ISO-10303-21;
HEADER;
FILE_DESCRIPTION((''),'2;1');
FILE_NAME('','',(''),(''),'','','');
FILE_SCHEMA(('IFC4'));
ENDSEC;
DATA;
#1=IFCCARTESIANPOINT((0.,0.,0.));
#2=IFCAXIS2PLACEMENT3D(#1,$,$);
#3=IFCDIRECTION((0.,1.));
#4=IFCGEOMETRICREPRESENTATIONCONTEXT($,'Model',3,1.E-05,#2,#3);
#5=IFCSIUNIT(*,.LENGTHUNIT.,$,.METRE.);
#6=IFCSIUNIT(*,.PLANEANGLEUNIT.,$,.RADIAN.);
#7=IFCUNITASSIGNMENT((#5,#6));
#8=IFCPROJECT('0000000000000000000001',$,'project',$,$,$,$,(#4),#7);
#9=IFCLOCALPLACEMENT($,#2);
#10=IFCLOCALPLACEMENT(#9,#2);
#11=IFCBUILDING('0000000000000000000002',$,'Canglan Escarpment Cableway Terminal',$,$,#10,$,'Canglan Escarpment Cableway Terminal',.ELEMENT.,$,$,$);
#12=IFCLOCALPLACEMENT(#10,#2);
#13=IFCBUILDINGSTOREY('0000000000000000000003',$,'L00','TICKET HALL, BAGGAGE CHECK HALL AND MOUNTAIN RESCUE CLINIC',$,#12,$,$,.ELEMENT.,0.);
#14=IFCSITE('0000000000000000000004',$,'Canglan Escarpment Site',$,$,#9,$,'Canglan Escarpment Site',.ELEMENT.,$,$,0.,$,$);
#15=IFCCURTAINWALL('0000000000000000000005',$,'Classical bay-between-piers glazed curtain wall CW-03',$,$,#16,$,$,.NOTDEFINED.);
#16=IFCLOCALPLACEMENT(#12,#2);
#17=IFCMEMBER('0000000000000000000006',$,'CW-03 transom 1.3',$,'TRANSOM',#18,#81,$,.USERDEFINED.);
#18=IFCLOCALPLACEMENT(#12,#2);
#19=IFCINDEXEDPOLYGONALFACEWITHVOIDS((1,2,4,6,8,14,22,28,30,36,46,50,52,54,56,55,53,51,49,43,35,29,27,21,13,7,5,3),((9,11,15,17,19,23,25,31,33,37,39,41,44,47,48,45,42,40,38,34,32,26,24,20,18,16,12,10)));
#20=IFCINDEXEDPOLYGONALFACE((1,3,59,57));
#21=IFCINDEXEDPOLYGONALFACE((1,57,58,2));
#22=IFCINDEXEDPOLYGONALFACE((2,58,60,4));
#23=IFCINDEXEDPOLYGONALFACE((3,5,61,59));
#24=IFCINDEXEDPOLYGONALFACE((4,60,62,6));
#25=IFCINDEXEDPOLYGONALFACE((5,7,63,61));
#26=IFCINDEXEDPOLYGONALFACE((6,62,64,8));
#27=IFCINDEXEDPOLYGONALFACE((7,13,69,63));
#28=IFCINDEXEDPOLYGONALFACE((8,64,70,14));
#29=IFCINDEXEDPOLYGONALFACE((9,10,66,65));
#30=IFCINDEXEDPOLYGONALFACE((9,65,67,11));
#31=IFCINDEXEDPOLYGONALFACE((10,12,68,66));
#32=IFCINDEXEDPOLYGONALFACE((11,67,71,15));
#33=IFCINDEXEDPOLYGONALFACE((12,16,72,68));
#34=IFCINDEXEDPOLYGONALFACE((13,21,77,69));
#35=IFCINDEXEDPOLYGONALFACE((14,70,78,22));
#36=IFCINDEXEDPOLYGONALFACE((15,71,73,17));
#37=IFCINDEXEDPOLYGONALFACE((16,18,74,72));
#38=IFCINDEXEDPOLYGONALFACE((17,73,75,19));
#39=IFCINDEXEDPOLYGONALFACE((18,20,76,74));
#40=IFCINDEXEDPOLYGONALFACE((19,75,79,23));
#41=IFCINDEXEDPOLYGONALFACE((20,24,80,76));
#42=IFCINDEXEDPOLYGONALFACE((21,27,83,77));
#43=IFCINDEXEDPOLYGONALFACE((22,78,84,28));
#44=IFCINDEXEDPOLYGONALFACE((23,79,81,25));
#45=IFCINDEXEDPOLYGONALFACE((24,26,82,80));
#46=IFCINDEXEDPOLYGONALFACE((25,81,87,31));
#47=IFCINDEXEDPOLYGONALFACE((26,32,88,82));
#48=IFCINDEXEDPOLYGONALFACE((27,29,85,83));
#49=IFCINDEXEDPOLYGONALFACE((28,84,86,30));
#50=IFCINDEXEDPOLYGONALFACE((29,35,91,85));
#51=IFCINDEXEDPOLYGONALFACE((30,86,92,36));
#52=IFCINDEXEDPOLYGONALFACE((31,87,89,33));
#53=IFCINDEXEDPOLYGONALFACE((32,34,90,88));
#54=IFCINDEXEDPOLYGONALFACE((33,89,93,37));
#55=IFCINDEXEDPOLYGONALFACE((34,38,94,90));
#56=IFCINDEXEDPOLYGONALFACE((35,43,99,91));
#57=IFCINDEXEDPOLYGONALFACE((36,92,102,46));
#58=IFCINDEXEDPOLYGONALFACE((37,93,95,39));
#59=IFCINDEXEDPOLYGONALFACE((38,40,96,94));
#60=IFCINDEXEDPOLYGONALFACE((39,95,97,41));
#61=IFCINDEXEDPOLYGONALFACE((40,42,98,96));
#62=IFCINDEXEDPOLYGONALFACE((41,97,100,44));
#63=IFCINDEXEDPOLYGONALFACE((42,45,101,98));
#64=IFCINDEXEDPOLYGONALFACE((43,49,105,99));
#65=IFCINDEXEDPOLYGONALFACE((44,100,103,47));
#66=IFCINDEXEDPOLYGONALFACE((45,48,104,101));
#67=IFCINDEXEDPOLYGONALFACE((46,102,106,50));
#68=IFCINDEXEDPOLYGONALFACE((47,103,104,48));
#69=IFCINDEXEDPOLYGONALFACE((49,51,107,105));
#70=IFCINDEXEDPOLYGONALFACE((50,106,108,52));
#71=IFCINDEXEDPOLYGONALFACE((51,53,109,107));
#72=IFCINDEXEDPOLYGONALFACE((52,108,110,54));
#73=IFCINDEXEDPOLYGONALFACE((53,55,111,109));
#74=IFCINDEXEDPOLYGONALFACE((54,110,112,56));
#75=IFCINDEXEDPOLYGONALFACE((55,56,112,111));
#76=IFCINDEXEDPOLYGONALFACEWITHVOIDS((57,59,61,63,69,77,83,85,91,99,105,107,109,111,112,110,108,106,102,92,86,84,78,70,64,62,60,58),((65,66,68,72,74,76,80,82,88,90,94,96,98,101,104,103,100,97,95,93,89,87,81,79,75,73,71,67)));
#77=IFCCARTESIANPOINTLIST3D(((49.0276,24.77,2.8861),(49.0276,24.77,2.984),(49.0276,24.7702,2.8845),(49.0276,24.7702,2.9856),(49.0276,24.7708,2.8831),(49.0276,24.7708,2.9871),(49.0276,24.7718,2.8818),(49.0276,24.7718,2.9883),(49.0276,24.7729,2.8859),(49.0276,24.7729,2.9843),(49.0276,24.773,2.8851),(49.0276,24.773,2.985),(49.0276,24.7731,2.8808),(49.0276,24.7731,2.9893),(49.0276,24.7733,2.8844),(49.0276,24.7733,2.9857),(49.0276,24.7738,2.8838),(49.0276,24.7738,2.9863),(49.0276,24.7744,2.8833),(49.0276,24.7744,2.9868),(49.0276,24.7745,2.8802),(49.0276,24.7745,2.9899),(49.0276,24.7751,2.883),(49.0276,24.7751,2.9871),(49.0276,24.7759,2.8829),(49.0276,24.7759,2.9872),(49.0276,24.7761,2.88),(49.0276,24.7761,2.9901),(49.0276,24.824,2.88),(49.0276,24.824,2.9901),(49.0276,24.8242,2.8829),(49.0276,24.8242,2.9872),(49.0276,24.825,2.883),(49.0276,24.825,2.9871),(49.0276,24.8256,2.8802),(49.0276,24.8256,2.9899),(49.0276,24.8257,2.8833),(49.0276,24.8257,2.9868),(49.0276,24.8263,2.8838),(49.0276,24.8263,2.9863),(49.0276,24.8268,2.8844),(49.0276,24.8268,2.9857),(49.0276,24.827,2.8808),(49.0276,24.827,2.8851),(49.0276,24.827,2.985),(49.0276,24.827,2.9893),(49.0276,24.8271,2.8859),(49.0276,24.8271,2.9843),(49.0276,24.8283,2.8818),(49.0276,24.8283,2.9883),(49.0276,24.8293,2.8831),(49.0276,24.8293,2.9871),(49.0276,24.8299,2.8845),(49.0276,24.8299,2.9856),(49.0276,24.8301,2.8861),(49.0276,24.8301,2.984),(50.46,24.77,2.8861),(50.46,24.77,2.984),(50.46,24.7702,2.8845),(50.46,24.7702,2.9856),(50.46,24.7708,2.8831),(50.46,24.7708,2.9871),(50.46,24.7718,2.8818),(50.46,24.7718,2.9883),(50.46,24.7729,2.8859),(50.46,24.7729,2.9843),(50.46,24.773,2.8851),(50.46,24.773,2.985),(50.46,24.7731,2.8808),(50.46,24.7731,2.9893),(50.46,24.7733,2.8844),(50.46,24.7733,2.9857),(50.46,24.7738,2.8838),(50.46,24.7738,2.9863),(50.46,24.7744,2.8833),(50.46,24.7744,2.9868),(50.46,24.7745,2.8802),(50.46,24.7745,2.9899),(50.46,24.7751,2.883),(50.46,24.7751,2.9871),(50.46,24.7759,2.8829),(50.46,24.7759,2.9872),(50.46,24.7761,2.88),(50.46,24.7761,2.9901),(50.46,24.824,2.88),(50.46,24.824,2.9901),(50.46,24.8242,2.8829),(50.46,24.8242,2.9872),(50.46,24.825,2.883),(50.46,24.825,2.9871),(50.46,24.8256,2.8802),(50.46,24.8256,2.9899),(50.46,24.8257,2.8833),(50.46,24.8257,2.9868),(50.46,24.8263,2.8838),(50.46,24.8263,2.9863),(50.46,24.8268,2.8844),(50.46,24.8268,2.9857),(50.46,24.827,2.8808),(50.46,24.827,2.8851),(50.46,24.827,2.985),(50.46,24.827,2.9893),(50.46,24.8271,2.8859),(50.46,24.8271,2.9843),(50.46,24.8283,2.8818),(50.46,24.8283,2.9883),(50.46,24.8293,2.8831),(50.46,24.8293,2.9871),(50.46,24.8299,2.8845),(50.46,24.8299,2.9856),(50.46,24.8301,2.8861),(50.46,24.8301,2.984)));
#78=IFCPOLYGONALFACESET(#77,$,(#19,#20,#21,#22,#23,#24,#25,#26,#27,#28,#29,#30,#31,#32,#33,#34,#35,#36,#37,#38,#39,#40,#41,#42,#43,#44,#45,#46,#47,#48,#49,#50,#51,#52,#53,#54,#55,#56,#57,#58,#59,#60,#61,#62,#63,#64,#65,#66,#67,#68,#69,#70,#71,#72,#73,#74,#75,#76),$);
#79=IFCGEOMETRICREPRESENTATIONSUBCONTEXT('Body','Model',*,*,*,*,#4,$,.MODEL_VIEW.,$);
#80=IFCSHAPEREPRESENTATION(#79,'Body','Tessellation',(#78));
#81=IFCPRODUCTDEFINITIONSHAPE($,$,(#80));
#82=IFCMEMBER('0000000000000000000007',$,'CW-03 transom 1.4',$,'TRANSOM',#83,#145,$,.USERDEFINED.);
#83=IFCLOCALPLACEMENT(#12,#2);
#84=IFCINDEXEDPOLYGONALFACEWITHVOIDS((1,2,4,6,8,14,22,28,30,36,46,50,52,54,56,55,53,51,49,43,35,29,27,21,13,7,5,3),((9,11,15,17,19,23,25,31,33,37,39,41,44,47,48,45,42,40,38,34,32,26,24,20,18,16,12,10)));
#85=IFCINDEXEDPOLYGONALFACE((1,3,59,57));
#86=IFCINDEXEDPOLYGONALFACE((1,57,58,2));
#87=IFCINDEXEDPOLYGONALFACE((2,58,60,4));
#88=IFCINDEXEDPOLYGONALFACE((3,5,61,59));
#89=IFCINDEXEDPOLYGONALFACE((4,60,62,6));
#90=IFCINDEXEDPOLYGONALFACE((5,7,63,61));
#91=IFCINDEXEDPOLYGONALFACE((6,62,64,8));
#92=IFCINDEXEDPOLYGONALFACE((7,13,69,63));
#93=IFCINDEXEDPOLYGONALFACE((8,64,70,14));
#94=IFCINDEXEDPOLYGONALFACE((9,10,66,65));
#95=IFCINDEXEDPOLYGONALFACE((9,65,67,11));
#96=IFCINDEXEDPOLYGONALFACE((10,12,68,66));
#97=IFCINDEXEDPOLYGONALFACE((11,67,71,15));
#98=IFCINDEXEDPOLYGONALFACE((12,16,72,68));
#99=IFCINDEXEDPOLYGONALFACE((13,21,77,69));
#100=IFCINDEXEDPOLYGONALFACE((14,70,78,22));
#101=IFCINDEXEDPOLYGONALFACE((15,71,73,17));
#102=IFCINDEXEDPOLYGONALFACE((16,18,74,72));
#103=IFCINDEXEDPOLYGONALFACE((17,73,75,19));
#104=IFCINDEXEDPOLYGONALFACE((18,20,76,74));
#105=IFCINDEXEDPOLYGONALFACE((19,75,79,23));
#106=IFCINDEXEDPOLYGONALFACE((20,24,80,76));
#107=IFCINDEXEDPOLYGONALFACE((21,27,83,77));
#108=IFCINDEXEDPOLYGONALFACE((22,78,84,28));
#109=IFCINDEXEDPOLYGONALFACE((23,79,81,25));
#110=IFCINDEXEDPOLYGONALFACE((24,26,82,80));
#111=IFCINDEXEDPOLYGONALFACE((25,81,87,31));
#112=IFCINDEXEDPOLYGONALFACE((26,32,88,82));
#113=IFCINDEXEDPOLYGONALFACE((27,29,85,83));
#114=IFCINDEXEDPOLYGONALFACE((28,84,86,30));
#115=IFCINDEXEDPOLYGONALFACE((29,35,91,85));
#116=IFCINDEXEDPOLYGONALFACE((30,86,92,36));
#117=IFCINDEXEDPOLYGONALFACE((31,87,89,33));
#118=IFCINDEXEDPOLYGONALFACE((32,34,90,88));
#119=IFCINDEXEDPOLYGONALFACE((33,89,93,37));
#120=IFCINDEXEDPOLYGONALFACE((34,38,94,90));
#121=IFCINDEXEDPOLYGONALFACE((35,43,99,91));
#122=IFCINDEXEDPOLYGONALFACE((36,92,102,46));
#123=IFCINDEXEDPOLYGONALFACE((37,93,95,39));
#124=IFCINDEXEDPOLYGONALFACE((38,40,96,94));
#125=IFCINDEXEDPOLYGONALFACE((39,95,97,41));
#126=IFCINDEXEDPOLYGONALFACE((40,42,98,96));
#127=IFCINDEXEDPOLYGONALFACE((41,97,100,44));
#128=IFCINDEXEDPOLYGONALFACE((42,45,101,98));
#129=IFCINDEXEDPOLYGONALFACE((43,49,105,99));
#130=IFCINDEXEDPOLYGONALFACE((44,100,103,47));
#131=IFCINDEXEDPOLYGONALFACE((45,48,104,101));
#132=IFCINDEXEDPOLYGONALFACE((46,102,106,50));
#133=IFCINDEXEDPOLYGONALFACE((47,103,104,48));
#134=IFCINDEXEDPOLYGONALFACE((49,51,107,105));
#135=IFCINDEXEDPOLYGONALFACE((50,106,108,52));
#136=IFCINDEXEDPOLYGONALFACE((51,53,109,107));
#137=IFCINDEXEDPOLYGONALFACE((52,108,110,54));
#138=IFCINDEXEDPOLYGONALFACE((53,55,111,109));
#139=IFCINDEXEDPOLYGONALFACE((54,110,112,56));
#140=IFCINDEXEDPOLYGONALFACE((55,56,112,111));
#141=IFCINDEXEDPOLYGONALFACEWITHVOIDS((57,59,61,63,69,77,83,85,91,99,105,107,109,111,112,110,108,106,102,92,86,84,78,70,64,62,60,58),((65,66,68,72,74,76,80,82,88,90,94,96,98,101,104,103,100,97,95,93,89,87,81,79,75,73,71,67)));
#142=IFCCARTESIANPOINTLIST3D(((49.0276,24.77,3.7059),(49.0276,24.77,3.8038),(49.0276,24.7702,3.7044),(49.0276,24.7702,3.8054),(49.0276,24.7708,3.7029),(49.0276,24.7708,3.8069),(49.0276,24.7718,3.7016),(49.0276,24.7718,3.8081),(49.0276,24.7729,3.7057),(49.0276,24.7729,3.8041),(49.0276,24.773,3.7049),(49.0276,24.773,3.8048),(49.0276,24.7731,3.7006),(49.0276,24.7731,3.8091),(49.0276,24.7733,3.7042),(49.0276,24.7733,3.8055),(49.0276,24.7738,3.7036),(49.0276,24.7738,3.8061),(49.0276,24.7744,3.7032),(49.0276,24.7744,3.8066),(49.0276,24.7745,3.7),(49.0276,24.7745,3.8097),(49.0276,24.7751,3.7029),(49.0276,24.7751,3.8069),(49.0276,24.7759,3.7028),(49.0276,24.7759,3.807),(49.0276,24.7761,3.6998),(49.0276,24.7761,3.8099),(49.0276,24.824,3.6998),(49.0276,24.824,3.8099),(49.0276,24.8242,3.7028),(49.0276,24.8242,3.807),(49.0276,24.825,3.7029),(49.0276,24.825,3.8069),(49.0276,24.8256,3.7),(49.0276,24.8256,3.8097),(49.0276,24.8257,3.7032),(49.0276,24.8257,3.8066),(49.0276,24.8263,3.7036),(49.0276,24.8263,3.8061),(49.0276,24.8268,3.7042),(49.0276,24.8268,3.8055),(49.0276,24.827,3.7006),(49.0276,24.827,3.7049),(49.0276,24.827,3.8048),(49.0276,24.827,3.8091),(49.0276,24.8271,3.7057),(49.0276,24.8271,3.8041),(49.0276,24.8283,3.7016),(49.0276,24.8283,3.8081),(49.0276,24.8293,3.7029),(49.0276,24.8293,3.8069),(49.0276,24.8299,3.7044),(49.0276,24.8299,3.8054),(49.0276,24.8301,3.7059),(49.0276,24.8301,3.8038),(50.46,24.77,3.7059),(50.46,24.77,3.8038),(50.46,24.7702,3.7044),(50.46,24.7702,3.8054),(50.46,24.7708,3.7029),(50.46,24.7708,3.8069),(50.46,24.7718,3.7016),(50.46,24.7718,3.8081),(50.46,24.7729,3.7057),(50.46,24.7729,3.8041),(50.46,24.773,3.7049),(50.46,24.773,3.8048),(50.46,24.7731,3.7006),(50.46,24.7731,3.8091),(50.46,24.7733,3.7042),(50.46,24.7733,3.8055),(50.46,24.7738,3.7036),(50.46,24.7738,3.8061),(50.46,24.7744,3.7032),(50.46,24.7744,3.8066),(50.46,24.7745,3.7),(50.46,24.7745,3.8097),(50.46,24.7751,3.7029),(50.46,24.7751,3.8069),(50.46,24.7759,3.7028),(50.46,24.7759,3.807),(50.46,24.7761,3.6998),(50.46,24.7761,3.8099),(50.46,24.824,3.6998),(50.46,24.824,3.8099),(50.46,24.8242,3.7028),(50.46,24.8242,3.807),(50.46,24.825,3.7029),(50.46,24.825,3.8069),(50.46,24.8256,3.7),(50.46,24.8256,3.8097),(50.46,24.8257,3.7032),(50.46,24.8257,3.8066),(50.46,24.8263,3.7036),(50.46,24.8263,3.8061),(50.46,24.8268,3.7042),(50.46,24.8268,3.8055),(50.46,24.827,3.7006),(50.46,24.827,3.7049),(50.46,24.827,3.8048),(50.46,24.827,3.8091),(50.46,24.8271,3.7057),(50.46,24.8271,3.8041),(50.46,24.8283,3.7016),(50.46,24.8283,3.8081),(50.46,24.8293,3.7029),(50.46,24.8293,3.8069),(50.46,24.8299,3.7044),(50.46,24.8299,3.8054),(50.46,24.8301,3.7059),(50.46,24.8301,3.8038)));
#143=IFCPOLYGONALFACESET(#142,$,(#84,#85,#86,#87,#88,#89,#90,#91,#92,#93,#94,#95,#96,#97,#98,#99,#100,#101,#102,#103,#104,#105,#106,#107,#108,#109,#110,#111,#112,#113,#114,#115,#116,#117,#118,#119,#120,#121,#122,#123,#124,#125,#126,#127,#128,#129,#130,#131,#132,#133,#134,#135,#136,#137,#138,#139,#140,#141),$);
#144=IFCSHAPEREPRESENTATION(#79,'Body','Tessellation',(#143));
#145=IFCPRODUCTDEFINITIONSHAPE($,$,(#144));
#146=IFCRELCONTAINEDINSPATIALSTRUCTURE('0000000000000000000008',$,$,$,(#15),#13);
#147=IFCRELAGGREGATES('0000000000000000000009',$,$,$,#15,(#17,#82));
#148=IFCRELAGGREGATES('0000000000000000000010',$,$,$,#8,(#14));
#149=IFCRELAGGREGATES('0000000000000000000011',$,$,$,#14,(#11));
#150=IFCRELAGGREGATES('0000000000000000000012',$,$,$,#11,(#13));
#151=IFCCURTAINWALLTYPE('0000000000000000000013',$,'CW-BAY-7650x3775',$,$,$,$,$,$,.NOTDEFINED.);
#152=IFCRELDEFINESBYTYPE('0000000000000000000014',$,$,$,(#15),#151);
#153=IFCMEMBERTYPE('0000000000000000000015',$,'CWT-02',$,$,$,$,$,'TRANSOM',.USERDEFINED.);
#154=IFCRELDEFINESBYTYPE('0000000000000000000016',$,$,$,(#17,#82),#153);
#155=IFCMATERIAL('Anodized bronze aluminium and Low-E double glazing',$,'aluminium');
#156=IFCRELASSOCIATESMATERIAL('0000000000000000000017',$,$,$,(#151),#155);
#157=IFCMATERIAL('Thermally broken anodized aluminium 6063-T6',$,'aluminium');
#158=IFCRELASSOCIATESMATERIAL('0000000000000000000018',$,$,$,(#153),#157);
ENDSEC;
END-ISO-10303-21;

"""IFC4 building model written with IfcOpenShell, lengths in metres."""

from ifc_helpers import new_model, si_unit, direction, frame, origin, origin_2d, place, context, subcontext, project, spatial, hollow_rectangle, extrude, material, material_profile, profile_set, type_object, element, aggregate, save


model = new_model("IFC4")

# Units and contexts
model_context = context("Model", 3, precision=1e-05, world=origin(), true_north=direction((0.0, 1.0)))
body_context = subcontext(model_context, "Body", "Model", "MODEL_VIEW")
ifc_project = project(units=[si_unit("LENGTHUNIT", "METRE"), si_unit("PLANEANGLEUNIT", "RADIAN")], contexts=[model_context])

# Site, building, storey
site_placement = place(None, origin())
site = spatial("IfcSite", under=ifc_project, at=site_placement, Name="Canglan Escarpment Site", LongName="Canglan Escarpment Site", CompositionType="ELEMENT", RefElevation=0.0)
building_placement = place(site_placement, origin())
building = spatial("IfcBuilding", under=site, at=building_placement, Name="Canglan Escarpment Cableway Terminal", LongName="Canglan Escarpment Cableway Terminal", CompositionType="ELEMENT")
storey_placement = place(building_placement, origin())
storey = spatial("IfcBuildingStorey", under=building, at=storey_placement, Name="L00", Description="TICKET HALL, BAGGAGE CHECK HALL AND MOUNTAIN RESCUE CLINIC", CompositionType="ELEMENT", Elevation=0.0)

# Curtain wall
ifc_material_1 = material(Name="Anodized bronze aluminium and Low-E double glazing", Category="aluminium")
curtain_wall_type = type_object("IfcCurtainWallType", Name="CW-BAY-7650x3775", PredefinedType="NOTDEFINED", material=ifc_material_1)
curtain_wall_1_placement = place(storey_placement, origin())
curtain_wall_1 = element("IfcCurtainWall", 1, at=curtain_wall_1_placement, inside=storey, type_object=curtain_wall_type, Name="Classical bay-between-piers glazed curtain wall CW-03", PredefinedType="NOTDEFINED")
ifc_material_2 = material(Name="Thermally broken anodized aluminium 6063-T6", Category="aluminium")

# Members
ifc_material_profile_1 = material_profile(ifc_material_2, hollow_rectangle(XDim=0.0601, YDim=0.1101, WallThickness=0.0029, InnerFilletRadius=0.0029, OuterFilletRadius=0.0061, at=origin_2d()), Name="ALU-TRAN 60x110x3")
ifc_profile_set_1 = profile_set([ifc_material_profile_1], Name="Thermally broken anodized aluminium 6063-T6")
member_type_1 = type_object("IfcMemberType", Name="CWT-02", ElementType="TRANSOM", PredefinedType="USERDEFINED", material=ifc_profile_set_1)
member_1_placement = place(storey_placement, frame((50.46, 24.8, 2.9351), z_axis=(-1.0, 0.0, 0.0), x_axis=(0.0, -1.0, 0.0)))
member_1 = element("IfcMember", 2, at=member_1_placement, type_object=member_type_1, Name="CW-03 transom 1.3", ObjectType="TRANSOM", PredefinedType="USERDEFINED", context=body_context, shape_type="SweptSolid", body=[
    extrude(hollow_rectangle(XDim=0.0601, YDim=0.1101, WallThickness=0.0029, InnerFilletRadius=0.0029, OuterFilletRadius=0.0061, at=origin_2d()), origin(), (0.0, 0.0, 1.0), 1.4324),
])
member_2_placement = place(storey_placement, frame((50.46, 24.8, 3.7549), z_axis=(-1.0, 0.0, 0.0), x_axis=(0.0, -1.0, 0.0)))
member_2 = element("IfcMember", 3, at=member_2_placement, type_object=member_type_1, Name="CW-03 transom 1.4", ObjectType="TRANSOM", PredefinedType="USERDEFINED", context=body_context, shape_type="SweptSolid", body=[
    extrude(hollow_rectangle(XDim=0.0601, YDim=0.1101, WallThickness=0.0029, InnerFilletRadius=0.0029, OuterFilletRadius=0.0061, at=origin_2d()), origin(), (0.0, 0.0, 1.0), 1.4324),
])

aggregate(curtain_wall_1, [member_1, member_2])

save(model, "model.ifc")
